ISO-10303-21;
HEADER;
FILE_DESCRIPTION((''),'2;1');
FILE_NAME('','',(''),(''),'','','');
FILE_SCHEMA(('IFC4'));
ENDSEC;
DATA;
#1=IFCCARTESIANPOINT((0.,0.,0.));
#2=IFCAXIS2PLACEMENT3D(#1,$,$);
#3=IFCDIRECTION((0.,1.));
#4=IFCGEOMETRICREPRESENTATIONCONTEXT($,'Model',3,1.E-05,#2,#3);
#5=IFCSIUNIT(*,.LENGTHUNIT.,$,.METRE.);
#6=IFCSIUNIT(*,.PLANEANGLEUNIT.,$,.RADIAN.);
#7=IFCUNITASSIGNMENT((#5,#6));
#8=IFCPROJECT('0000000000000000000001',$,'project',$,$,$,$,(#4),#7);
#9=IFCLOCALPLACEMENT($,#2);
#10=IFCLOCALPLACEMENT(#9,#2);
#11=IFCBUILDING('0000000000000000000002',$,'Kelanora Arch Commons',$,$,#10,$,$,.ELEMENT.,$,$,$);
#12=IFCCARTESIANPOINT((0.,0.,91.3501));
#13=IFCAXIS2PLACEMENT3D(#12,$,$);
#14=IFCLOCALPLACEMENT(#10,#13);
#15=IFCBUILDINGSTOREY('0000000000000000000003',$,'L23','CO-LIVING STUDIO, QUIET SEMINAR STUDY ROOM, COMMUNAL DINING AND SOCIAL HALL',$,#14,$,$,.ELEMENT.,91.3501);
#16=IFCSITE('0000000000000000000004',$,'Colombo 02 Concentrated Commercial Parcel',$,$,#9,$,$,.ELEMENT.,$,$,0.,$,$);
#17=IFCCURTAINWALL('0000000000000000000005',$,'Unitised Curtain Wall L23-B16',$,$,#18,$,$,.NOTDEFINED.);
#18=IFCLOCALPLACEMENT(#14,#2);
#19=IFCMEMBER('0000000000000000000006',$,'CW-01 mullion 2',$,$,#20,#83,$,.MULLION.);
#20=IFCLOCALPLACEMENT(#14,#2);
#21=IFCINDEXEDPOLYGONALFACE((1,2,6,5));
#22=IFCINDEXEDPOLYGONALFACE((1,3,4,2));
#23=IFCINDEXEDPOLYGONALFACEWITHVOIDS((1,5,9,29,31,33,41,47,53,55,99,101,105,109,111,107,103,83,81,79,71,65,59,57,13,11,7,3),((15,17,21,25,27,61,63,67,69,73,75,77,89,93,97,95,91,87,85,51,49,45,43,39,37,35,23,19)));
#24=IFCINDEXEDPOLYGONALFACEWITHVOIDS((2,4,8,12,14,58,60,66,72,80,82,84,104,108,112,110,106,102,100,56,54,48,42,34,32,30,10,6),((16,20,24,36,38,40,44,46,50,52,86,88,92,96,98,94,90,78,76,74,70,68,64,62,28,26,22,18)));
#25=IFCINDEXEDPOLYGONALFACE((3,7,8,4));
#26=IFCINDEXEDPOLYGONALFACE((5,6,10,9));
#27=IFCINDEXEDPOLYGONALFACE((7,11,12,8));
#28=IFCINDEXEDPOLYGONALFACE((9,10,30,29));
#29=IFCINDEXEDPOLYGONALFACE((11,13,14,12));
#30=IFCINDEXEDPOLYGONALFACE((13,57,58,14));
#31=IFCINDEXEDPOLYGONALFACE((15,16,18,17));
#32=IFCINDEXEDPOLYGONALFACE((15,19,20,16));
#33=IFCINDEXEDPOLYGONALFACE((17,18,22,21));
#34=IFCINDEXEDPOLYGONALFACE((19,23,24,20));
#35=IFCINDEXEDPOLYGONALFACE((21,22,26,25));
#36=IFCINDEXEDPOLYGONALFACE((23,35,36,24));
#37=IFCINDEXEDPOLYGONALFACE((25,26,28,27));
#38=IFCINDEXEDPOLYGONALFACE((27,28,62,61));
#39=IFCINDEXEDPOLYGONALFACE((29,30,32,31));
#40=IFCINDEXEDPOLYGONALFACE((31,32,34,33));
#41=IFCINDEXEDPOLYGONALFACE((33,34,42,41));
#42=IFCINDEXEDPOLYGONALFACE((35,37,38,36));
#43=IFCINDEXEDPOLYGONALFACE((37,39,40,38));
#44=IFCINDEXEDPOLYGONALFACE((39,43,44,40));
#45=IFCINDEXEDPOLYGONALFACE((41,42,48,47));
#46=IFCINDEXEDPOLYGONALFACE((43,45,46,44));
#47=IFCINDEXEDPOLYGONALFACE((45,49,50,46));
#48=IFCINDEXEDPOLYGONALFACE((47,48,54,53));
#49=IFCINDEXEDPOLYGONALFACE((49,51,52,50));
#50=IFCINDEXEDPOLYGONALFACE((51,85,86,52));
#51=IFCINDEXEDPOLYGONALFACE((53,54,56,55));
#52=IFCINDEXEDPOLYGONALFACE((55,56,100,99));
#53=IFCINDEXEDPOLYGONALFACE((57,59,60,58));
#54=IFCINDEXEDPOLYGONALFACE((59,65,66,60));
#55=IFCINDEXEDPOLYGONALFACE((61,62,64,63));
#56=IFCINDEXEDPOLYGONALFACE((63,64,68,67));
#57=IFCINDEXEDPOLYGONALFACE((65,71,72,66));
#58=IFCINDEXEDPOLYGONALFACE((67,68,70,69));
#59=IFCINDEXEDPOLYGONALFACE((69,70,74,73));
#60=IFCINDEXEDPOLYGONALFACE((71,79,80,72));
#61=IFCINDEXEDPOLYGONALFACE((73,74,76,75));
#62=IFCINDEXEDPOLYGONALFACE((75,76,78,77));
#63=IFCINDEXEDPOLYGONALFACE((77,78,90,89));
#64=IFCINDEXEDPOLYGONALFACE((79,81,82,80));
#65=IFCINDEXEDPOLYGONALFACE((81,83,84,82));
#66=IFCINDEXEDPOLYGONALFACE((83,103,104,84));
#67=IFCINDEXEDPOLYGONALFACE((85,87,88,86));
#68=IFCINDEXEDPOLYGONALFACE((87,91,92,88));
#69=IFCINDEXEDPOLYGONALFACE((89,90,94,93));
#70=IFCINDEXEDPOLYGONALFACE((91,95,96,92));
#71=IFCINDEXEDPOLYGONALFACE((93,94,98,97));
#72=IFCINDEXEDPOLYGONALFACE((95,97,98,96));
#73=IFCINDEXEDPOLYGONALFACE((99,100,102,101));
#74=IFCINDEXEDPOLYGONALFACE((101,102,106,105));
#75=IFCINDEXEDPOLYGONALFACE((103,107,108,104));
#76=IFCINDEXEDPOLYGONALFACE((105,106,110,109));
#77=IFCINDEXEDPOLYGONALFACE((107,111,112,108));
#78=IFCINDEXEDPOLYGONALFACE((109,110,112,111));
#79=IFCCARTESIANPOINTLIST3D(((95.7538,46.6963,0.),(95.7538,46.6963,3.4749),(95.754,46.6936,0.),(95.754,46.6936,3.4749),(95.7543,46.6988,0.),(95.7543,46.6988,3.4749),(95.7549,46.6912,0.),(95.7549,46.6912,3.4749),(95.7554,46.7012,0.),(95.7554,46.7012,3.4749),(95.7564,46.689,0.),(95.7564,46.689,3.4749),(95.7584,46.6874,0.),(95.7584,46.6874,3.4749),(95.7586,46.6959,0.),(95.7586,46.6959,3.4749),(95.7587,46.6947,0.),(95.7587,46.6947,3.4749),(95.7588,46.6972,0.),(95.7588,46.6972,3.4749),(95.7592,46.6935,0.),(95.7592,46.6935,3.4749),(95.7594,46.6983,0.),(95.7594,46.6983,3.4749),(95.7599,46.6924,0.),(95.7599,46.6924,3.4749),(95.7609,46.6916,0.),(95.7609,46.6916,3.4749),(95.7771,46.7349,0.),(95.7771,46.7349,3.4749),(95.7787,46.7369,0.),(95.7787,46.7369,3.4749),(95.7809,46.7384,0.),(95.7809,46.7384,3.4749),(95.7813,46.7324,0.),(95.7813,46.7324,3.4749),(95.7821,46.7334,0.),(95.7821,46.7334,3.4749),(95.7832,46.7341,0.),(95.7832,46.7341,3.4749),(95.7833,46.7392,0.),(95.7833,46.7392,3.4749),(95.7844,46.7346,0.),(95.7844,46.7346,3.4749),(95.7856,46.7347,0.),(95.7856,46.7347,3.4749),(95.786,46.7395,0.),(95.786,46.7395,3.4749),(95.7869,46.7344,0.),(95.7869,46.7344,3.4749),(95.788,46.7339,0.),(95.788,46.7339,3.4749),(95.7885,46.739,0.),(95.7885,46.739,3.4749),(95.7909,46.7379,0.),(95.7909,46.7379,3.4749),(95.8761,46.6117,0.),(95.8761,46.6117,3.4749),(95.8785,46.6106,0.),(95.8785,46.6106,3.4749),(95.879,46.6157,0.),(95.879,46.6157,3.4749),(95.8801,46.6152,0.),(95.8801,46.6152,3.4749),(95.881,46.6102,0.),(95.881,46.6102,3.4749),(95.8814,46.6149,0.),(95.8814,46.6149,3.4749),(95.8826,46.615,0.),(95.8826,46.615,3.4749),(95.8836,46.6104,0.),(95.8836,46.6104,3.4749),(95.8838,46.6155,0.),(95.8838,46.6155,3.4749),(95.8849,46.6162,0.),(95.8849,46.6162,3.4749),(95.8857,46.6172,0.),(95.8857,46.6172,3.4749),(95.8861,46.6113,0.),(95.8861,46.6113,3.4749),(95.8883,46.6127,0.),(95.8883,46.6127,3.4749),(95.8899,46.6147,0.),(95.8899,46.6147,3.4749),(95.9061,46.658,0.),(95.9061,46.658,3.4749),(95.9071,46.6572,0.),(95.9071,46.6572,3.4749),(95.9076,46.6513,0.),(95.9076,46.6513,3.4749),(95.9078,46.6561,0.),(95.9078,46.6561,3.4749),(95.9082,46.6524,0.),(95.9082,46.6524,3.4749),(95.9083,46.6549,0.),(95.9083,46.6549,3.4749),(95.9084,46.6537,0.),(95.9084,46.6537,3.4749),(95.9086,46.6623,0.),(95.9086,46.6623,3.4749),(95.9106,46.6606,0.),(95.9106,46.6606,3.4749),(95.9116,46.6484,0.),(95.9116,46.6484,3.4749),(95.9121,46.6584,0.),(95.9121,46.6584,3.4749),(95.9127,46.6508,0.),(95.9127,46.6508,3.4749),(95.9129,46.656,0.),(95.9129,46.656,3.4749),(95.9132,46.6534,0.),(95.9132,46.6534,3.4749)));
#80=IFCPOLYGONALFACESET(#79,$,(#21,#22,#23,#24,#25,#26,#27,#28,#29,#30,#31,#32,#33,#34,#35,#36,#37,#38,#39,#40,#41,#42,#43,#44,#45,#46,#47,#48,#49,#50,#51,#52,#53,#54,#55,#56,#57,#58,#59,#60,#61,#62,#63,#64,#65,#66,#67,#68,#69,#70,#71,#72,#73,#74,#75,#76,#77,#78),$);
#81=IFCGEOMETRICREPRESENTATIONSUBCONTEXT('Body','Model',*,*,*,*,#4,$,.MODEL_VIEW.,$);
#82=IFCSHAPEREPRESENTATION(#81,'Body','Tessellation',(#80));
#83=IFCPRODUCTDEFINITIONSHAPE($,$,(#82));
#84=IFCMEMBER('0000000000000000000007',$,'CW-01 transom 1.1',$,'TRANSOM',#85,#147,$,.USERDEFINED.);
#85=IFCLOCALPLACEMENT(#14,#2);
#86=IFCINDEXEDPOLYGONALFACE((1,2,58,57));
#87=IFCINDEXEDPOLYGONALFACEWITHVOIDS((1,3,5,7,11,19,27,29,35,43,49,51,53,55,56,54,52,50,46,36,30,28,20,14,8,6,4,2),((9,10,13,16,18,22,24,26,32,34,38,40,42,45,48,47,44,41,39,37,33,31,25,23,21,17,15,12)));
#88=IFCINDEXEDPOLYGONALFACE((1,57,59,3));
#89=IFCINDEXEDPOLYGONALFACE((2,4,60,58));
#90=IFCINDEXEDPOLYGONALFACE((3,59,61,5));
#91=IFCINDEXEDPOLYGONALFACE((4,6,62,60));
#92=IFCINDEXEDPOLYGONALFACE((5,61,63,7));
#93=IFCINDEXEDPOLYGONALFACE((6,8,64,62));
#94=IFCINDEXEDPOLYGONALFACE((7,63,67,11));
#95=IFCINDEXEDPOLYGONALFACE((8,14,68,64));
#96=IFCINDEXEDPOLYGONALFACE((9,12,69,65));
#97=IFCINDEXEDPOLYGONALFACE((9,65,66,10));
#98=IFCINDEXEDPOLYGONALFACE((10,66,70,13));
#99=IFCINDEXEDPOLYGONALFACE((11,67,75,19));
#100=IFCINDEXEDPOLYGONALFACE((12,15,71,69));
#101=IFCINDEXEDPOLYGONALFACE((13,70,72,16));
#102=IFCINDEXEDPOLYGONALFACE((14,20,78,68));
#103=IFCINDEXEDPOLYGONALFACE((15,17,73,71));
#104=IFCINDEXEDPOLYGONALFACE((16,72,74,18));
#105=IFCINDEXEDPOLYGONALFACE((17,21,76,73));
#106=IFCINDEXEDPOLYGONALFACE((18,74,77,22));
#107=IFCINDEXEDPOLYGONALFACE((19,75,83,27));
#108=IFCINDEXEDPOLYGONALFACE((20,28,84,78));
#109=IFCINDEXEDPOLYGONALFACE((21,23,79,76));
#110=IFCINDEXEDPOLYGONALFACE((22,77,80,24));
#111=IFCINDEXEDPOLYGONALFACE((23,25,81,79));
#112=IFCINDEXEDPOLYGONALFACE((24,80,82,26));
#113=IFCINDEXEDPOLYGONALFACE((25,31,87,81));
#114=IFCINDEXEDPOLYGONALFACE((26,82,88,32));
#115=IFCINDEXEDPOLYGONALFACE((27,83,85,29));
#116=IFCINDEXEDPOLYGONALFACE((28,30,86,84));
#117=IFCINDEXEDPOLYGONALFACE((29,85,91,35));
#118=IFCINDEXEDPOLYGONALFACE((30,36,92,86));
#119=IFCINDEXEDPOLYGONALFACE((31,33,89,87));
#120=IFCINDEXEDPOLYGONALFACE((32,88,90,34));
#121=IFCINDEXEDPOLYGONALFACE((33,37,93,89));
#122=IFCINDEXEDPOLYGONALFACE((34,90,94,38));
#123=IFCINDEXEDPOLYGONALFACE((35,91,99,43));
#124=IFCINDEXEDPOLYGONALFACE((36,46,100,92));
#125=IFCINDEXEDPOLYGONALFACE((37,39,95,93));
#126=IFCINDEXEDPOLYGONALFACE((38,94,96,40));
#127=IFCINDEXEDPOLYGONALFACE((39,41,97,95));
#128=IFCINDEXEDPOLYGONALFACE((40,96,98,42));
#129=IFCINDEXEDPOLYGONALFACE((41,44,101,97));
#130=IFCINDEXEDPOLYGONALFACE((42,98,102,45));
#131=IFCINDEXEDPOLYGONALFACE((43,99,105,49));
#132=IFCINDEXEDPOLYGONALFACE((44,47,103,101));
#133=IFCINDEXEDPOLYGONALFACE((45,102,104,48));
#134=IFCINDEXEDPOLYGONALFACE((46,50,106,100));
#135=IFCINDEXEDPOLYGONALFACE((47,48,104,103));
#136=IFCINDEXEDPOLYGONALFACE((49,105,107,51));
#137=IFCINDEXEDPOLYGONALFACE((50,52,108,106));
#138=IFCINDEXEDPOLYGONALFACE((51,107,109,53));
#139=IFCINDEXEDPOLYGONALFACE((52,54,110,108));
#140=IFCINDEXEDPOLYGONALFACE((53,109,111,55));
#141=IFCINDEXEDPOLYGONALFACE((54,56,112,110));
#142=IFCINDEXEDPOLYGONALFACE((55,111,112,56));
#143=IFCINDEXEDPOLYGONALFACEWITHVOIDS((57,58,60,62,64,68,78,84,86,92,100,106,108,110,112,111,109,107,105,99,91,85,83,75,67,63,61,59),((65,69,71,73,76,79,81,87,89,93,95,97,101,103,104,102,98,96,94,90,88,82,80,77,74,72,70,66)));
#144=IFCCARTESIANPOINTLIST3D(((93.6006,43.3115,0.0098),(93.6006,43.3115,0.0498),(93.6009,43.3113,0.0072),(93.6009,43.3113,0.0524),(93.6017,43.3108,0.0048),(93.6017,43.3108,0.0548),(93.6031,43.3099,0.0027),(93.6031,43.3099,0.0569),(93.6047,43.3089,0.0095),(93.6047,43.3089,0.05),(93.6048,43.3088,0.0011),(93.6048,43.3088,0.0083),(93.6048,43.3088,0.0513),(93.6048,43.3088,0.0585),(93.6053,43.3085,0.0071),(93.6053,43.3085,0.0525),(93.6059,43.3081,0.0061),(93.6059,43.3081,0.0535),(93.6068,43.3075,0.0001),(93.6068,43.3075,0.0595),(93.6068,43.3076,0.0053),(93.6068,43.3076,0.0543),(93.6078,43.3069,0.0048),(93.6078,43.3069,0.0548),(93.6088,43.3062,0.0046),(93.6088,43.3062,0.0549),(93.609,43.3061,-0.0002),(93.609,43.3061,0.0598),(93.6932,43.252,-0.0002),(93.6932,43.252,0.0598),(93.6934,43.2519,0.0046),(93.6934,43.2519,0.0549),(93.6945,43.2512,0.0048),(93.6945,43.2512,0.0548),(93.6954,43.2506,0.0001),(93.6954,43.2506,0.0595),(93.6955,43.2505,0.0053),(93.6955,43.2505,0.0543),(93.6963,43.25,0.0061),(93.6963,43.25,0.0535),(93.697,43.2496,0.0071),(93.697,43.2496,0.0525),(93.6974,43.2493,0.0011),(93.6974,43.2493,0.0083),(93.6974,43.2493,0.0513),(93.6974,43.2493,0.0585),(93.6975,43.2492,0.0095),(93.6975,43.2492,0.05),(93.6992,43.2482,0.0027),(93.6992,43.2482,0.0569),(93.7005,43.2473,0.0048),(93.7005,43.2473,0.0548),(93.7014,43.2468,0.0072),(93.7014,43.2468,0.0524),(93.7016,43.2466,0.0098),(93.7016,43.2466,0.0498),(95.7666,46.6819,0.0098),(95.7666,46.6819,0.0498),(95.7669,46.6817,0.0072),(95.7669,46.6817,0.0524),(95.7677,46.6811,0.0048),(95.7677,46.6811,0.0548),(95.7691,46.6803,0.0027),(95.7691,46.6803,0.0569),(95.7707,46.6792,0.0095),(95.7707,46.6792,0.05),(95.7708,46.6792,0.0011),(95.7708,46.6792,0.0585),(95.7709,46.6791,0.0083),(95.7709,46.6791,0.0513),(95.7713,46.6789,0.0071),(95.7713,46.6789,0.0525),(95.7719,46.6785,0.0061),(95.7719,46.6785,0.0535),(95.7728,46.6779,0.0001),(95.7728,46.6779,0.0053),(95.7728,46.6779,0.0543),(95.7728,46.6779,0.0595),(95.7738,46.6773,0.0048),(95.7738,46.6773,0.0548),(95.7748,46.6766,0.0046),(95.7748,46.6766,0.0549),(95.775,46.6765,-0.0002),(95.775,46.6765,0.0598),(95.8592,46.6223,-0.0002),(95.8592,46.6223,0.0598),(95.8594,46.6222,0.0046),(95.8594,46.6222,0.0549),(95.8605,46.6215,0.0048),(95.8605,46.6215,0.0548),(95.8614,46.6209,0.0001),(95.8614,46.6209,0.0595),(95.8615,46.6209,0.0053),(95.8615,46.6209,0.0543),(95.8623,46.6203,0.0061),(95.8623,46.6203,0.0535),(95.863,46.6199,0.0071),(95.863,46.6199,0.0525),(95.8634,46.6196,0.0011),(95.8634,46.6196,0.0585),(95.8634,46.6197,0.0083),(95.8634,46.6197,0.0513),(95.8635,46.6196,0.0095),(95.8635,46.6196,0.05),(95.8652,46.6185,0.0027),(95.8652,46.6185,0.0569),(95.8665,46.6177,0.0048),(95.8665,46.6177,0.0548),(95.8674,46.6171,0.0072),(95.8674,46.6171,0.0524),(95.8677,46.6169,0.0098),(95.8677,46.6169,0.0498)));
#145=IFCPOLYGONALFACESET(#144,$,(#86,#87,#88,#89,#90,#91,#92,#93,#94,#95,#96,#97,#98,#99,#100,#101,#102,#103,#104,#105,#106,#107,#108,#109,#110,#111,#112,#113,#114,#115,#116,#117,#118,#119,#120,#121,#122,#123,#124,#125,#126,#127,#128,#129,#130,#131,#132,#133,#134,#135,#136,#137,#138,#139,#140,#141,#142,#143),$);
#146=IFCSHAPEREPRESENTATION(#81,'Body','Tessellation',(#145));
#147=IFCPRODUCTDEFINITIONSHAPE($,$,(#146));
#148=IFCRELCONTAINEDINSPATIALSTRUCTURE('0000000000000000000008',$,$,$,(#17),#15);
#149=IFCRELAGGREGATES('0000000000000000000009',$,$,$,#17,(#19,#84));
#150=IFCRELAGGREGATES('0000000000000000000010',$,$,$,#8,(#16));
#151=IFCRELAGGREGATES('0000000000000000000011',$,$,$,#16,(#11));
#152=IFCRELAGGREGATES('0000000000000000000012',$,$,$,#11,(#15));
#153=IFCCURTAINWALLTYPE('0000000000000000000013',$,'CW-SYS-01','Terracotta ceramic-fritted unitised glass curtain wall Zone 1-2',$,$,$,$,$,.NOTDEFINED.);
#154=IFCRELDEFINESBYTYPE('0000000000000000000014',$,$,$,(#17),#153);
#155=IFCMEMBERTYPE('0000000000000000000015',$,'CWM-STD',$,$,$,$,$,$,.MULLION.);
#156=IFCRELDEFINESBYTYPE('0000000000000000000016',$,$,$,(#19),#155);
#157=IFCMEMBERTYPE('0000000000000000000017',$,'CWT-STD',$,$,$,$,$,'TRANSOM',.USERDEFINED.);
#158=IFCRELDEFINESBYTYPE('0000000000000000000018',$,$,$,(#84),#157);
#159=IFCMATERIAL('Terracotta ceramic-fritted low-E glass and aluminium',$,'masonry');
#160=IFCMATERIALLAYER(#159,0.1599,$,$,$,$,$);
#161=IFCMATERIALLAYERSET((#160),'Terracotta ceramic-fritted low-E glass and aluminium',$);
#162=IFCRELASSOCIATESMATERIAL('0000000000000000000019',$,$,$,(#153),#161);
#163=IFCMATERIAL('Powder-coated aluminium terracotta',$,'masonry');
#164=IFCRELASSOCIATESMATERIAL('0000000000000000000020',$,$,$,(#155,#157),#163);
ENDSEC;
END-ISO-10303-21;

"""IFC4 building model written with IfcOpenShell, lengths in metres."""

from ifc_helpers import new_model, si_unit, direction, frame, origin, origin_2d, place, context, subcontext, project, spatial, hollow_rectangle, extrude, material, layer, layer_set, material_profile, profile_set, type_object, element, aggregate, save


model = new_model("IFC4")

# Units and contexts
model_context = context("Model", 3, precision=1e-05, world=origin(), true_north=direction((0.0, 1.0)))
body_context = subcontext(model_context, "Body", "Model", "MODEL_VIEW")
ifc_project = project(units=[si_unit("LENGTHUNIT", "METRE"), si_unit("PLANEANGLEUNIT", "RADIAN")], contexts=[model_context])

# Site, building, storey
site_placement = place(None, origin())
site = spatial("IfcSite", under=ifc_project, at=site_placement, Name="Colombo 02 Concentrated Commercial Parcel", CompositionType="ELEMENT", RefElevation=0.0)
building_placement = place(site_placement, origin())
building = spatial("IfcBuilding", under=site, at=building_placement, Name="Kelanora Arch Commons", CompositionType="ELEMENT")
storey_placement = place(building_placement, frame((0.0, 0.0, 91.3501)))
storey = spatial("IfcBuildingStorey", under=building, at=storey_placement, Name="L23", Description="CO-LIVING STUDIO, QUIET SEMINAR STUDY ROOM, COMMUNAL DINING AND SOCIAL HALL", CompositionType="ELEMENT", Elevation=91.3501)

# Shared definitions
ifc_material_1 = material(Name="Terracotta ceramic-fritted low-E glass and aluminium", Category="masonry")
ifc_layer_1 = layer(ifc_material_1, 0.1599)
ifc_layer_set_1 = layer_set([ifc_layer_1], Name="Terracotta ceramic-fritted low-E glass and aluminium")
curtain_wall_type = type_object("IfcCurtainWallType", Name="CW-SYS-01", Description="Terracotta ceramic-fritted unitised glass curtain wall Zone 1-2", PredefinedType="NOTDEFINED", material=ifc_layer_set_1)
ifc_material_2 = material(Name="Powder-coated aluminium terracotta", Category="masonry")
ifc_material_profile_1 = material_profile(ifc_material_2, hollow_rectangle(XDim=0.1599, YDim=0.0601, WallThickness=0.0049, InnerFilletRadius=0.0049, OuterFilletRadius=0.01, at=origin_2d()), Name="CWM160x60")
ifc_profile_set_1 = profile_set([ifc_material_profile_1], Name="Powder-coated aluminium terracotta")
member_type_1 = type_object("IfcMemberType", Name="CWM-STD", PredefinedType="MULLION", material=ifc_profile_set_1)

# Curtain wall, members
curtain_wall_1_placement = place(storey_placement, origin())
curtain_wall_1 = element("IfcCurtainWall", 1, at=curtain_wall_1_placement, inside=storey, type_object=curtain_wall_type, Name="Unitised Curtain Wall L23-B16", PredefinedType="NOTDEFINED")
member_1_placement = place(storey_placement, frame((95.8335, 46.6748, 0.0), z_axis=(0.0, 0.0, 1.0), x_axis=(-0.841269, 0.540617, 0.0)))
member_1 = element("IfcMember", 2, at=member_1_placement, type_object=member_type_1, Name="CW-01 mullion 2", PredefinedType="MULLION", context=body_context, shape_type="SweptSolid", body=[
    extrude(hollow_rectangle(XDim=0.1599, YDim=0.0601, WallThickness=0.0049, InnerFilletRadius=0.0049, OuterFilletRadius=0.01, at=origin_2d()), origin(), (0.0, 0.0, 1.0), 3.4749),
])
ifc_material_profile_2 = material_profile(ifc_material_2, hollow_rectangle(XDim=0.1201, YDim=0.0601, WallThickness=0.0049, InnerFilletRadius=0.0049, OuterFilletRadius=0.01, at=origin_2d()), Name="CWT120x60")
ifc_profile_set_2 = profile_set([ifc_material_profile_2], Name="Powder-coated aluminium terracotta")
member_type_2 = type_object("IfcMemberType", Name="CWT-STD", ElementType="TRANSOM", PredefinedType="USERDEFINED", material=ifc_profile_set_2)
member_2_placement = place(storey_placement, frame((93.6511, 43.2791, 0.0298), z_axis=(0.540644, 0.841252, 0.0), x_axis=(-0.841252, 0.540644, 0.0)))
member_2 = element("IfcMember", 3, at=member_2_placement, type_object=member_type_2, Name="CW-01 transom 1.1", ObjectType="TRANSOM", PredefinedType="USERDEFINED", context=body_context, shape_type="SweptSolid", body=[
    extrude(hollow_rectangle(XDim=0.1201, YDim=0.0601, WallThickness=0.0049, InnerFilletRadius=0.0049, OuterFilletRadius=0.01, at=origin_2d()), origin(), (0.0, 0.0, 1.0), 4.0063),
])
aggregate(curtain_wall_1, [member_1, member_2])

save(model, "model.ifc")
